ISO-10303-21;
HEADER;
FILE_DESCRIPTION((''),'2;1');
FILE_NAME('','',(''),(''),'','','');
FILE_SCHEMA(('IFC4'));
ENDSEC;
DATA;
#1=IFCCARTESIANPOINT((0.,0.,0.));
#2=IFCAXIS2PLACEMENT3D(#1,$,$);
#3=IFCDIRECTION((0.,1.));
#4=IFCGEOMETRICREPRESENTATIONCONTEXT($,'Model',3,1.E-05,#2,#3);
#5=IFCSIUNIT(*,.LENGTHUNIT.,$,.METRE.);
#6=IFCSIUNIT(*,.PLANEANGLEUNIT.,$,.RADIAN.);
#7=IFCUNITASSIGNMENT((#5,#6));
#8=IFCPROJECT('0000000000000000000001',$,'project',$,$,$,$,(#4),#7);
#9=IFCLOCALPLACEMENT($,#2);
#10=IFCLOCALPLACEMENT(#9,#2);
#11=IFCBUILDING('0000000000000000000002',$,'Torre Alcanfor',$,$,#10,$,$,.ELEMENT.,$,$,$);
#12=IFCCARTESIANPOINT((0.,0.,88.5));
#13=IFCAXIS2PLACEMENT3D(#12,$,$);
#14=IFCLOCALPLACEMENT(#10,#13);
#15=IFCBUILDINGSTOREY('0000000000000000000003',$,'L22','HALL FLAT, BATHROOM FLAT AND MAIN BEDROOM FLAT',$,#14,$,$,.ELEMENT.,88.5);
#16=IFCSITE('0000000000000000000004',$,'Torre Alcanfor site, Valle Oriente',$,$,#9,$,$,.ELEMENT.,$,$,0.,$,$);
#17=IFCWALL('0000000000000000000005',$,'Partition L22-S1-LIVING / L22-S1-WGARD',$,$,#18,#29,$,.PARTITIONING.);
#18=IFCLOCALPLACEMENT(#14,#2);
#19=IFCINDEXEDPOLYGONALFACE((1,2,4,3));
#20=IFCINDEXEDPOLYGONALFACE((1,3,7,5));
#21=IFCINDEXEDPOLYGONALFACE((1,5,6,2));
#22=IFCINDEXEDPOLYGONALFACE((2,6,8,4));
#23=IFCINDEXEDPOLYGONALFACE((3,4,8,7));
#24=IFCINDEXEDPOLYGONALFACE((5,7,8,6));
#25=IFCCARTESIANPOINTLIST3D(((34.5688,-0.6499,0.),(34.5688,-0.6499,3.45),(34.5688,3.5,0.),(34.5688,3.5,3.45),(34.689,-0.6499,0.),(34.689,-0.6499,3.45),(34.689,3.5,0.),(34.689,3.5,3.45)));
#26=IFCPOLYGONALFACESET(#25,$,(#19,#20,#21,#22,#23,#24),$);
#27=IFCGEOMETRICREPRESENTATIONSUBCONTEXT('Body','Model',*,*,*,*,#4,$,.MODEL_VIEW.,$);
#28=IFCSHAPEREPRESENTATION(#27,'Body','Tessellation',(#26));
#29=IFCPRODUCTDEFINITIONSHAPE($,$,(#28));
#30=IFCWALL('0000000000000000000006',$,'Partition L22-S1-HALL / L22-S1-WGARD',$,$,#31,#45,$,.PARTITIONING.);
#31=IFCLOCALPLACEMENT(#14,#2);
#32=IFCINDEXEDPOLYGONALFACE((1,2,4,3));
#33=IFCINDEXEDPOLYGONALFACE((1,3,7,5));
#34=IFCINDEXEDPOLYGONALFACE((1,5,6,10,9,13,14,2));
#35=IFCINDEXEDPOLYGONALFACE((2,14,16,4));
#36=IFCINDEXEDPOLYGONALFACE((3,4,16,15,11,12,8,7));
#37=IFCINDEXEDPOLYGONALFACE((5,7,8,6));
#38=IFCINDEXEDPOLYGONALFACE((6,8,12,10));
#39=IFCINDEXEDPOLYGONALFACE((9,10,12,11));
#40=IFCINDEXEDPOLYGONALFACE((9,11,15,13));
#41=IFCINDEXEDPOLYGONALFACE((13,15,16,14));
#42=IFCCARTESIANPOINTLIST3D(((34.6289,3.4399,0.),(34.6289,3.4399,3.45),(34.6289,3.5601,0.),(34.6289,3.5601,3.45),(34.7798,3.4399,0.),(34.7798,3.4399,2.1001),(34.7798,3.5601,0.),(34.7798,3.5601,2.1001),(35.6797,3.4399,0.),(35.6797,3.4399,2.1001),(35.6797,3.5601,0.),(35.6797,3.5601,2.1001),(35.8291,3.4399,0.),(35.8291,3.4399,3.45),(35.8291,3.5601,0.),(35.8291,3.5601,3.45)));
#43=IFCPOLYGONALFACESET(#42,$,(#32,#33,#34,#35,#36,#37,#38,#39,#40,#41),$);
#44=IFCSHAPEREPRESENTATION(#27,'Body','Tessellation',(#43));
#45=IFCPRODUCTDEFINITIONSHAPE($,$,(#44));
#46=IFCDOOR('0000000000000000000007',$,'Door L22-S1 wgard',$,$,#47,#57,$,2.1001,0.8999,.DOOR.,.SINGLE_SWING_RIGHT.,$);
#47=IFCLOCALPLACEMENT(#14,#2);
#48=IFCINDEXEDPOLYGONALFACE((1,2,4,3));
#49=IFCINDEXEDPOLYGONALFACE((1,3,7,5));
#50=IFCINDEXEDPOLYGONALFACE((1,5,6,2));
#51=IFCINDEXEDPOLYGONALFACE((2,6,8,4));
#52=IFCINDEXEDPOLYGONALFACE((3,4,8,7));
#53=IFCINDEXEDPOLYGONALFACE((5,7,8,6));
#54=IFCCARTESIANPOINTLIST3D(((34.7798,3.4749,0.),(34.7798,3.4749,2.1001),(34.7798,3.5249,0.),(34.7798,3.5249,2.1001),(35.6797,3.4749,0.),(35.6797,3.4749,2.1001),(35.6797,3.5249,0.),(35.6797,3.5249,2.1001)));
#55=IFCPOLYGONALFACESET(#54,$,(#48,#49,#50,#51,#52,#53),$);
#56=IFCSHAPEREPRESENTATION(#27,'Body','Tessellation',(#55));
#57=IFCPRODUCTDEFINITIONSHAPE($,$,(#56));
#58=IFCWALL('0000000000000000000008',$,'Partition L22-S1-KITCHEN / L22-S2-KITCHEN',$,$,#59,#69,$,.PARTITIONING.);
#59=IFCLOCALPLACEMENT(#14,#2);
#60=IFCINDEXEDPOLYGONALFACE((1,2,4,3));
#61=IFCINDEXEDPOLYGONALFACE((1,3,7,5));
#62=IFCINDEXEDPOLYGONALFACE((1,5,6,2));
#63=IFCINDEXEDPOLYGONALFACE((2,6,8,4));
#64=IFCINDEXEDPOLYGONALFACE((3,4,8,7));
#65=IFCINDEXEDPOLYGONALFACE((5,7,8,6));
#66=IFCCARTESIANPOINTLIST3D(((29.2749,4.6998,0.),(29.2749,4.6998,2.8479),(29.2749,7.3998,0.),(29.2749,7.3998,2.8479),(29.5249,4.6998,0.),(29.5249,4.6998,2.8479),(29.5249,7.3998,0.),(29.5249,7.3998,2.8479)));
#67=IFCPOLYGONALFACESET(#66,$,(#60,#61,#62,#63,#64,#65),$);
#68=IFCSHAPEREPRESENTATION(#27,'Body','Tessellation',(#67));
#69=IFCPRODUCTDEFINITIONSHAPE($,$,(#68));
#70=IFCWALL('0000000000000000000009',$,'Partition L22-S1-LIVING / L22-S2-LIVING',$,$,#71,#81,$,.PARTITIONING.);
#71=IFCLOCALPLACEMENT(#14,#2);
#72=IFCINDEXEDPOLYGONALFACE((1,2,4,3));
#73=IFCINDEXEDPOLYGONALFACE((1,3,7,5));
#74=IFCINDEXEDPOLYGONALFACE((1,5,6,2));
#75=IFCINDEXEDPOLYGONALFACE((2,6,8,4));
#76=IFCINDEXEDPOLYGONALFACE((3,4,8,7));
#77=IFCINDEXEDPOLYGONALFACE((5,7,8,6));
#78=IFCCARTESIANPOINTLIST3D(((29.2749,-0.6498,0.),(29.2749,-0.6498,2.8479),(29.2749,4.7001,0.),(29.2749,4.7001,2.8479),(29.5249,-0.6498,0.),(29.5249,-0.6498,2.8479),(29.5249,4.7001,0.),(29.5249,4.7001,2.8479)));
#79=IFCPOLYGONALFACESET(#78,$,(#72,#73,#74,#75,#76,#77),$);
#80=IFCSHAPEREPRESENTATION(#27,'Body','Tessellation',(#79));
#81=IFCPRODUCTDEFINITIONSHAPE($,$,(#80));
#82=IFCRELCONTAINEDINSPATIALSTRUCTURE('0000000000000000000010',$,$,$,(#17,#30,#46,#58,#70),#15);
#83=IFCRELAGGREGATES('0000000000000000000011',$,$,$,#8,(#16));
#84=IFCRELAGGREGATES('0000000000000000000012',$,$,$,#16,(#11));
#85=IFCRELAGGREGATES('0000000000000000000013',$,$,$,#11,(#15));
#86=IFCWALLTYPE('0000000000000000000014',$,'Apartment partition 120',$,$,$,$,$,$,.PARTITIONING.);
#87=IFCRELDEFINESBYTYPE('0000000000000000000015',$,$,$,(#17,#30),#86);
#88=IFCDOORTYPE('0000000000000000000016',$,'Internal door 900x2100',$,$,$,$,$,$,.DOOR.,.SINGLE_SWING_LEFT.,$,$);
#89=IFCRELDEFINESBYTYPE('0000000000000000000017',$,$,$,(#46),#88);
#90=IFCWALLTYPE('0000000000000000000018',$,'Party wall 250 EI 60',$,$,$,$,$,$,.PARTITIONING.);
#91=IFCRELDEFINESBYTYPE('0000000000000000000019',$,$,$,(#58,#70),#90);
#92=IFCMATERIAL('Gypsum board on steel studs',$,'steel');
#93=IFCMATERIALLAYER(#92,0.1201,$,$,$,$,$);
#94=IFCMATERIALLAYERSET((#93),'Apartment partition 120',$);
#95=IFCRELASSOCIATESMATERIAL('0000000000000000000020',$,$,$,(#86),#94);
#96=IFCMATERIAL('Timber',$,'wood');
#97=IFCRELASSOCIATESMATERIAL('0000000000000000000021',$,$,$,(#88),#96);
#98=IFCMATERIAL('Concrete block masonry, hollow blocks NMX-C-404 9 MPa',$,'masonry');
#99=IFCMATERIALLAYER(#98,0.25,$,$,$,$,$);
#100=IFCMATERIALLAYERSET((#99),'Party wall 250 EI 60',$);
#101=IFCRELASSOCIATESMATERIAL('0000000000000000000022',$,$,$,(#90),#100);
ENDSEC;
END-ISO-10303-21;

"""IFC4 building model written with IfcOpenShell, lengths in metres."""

from ifc_helpers import new_model, si_unit, direction, frame, frame_2d, origin, place, context, subcontext, project, spatial, rectangle, extrude, material, layer, layer_set, type_object, element, fill, save


model = new_model("IFC4")

# Units and contexts
model_context = context("Model", 3, precision=1e-05, world=origin(), true_north=direction((0.0, 1.0)))
body_context = subcontext(model_context, "Body", "Model", "MODEL_VIEW")
ifc_project = project(units=[si_unit("LENGTHUNIT", "METRE"), si_unit("PLANEANGLEUNIT", "RADIAN")], contexts=[model_context])

# Site, building, storey
site_placement = place(None, origin())
site = spatial("IfcSite", under=ifc_project, at=site_placement, Name="Torre Alcanfor site, Valle Oriente", CompositionType="ELEMENT", RefElevation=0.0)
building_placement = place(site_placement, origin())
building = spatial("IfcBuilding", under=site, at=building_placement, Name="Torre Alcanfor", CompositionType="ELEMENT")
storey_placement = place(building_placement, frame((0.0, 0.0, 88.5)))
storey = spatial("IfcBuildingStorey", under=building, at=storey_placement, Name="L22", Description="HALL FLAT, BATHROOM FLAT AND MAIN BEDROOM FLAT", CompositionType="ELEMENT", Elevation=88.5)

# Shared definitions
ifc_material_1 = material(Name="Gypsum board on steel studs", Category="steel")
ifc_layer_1 = layer(ifc_material_1, 0.1201)
ifc_layer_set_1 = layer_set([ifc_layer_1], Name="Apartment partition 120")
wall_type_1 = type_object("IfcWallType", Name="Apartment partition 120", PredefinedType="PARTITIONING", material=ifc_layer_set_1)

# Shared definitions
ifc_material_2 = material(Name="Timber", Category="wood")
door_type = type_object("IfcDoorType", Name="Internal door 900x2100", OperationType="SINGLE_SWING_LEFT", PredefinedType="DOOR", material=ifc_material_2)

# Wall
wall_1_placement = place(storey_placement, frame((34.6289, -0.6499, 0.0), z_axis=(0.0, 0.0, 1.0), x_axis=(0.0, 1.0, 0.0)))
element("IfcWall", 1, at=wall_1_placement, inside=storey, type_object=wall_type_1, Name="Partition L22-S1-LIVING / L22-S1-WGARD", PredefinedType="PARTITIONING", context=body_context, shape_type="SweptSolid", body=[
    extrude(rectangle(XDim=4.1499, YDim=0.1201, at=frame_2d((2.075, 0.0))), origin(), (0.0, 0.0, 1.0), 3.45),
])

# Wall, opening, door
wall_2_placement = place(storey_placement, frame((34.6289, 3.5, 0.0), z_axis=(0.0, 0.0, 1.0), x_axis=(1.0, 0.0, 0.0)))
wall_2 = element("IfcWall", 2, at=wall_2_placement, inside=storey, type_object=wall_type_1, Name="Partition L22-S1-HALL / L22-S1-WGARD", PredefinedType="PARTITIONING", context=body_context, shape_type="SweptSolid", body=[
    extrude(rectangle(XDim=1.2002, YDim=0.1201, at=frame_2d((0.6001, 0.0))), origin(), (0.0, 0.0, 1.0), 3.45),
])
opening_1_placement = place(wall_2_placement, frame((0.1509, 0.0, 0.0)))
opening_1 = element("IfcOpeningElement", 3, at=opening_1_placement, cuts=wall_2, PredefinedType="OPENING", context=body_context, shape_type="SweptSolid", body=[
    extrude(rectangle(XDim=0.8999, YDim=2.1001, at=frame_2d((0.45, 1.05))), frame((0.0, 0.0701, 0.0), z_axis=(0.0, -1.0, 0.0), x_axis=(1.0, 0.0, 0.0)), (0.0, 0.0, 1.0), 0.1401),
])
door_1_placement = place(opening_1_placement, frame((0.8999, 0.0, 0.0), z_axis=(0.0, 0.0, 1.0), x_axis=(-1.0, 0.0, 0.0)))
door_1 = element("IfcDoor", 4, at=door_1_placement, inside=storey, type_object=door_type, Name="Door L22-S1 wgard", OperationType="SINGLE_SWING_RIGHT", OverallHeight=2.1001, OverallWidth=0.8999, PredefinedType="DOOR", context=body_context, shape_type="SweptSolid", body=[
    extrude(rectangle(XDim=0.8999, YDim=2.1001, at=frame_2d((0.45, 1.05))), frame((0.0, 0.0251, 0.0), z_axis=(0.0, -1.0, 0.0), x_axis=(1.0, 0.0, 0.0)), (0.0, 0.0, 1.0), 0.05),
])
fill(opening_1, door_1)

# Walls
ifc_material_3 = material(Name="Concrete block masonry, hollow blocks NMX-C-404 9 MPa", Category="masonry")
ifc_layer_2 = layer(ifc_material_3, 0.25)
ifc_layer_set_2 = layer_set([ifc_layer_2], Name="Party wall 250 EI 60")
wall_type_2 = type_object("IfcWallType", Name="Party wall 250 EI 60", PredefinedType="PARTITIONING", material=ifc_layer_set_2)
wall_3_placement = place(storey_placement, frame((29.3999, 7.3999, 0.0), z_axis=(0.0, 0.0, 1.0), x_axis=(0.0, -1.0, 0.0)))
element("IfcWall", 5, at=wall_3_placement, inside=storey, type_object=wall_type_2, Name="Partition L22-S1-KITCHEN / L22-S2-KITCHEN", PredefinedType="PARTITIONING", context=body_context, shape_type="SweptSolid", body=[
    extrude(rectangle(XDim=2.7, YDim=0.25, at=frame_2d((1.3501, 0.0))), origin(), (0.0, 0.0, 1.0), 2.8479),
])
wall_4_placement = place(storey_placement, frame((29.3999, 4.7, 0.0), z_axis=(0.0, 0.0, 1.0), x_axis=(0.0, -1.0, 0.0)))
element("IfcWall", 6, at=wall_4_placement, inside=storey, type_object=wall_type_2, Name="Partition L22-S1-LIVING / L22-S2-LIVING", PredefinedType="PARTITIONING", context=body_context, shape_type="SweptSolid", body=[
    extrude(rectangle(XDim=5.3499, YDim=0.25, at=frame_2d((2.6748, 0.0))), origin(), (0.0, 0.0, 1.0), 2.8479),
])

save(model, "model.ifc")
